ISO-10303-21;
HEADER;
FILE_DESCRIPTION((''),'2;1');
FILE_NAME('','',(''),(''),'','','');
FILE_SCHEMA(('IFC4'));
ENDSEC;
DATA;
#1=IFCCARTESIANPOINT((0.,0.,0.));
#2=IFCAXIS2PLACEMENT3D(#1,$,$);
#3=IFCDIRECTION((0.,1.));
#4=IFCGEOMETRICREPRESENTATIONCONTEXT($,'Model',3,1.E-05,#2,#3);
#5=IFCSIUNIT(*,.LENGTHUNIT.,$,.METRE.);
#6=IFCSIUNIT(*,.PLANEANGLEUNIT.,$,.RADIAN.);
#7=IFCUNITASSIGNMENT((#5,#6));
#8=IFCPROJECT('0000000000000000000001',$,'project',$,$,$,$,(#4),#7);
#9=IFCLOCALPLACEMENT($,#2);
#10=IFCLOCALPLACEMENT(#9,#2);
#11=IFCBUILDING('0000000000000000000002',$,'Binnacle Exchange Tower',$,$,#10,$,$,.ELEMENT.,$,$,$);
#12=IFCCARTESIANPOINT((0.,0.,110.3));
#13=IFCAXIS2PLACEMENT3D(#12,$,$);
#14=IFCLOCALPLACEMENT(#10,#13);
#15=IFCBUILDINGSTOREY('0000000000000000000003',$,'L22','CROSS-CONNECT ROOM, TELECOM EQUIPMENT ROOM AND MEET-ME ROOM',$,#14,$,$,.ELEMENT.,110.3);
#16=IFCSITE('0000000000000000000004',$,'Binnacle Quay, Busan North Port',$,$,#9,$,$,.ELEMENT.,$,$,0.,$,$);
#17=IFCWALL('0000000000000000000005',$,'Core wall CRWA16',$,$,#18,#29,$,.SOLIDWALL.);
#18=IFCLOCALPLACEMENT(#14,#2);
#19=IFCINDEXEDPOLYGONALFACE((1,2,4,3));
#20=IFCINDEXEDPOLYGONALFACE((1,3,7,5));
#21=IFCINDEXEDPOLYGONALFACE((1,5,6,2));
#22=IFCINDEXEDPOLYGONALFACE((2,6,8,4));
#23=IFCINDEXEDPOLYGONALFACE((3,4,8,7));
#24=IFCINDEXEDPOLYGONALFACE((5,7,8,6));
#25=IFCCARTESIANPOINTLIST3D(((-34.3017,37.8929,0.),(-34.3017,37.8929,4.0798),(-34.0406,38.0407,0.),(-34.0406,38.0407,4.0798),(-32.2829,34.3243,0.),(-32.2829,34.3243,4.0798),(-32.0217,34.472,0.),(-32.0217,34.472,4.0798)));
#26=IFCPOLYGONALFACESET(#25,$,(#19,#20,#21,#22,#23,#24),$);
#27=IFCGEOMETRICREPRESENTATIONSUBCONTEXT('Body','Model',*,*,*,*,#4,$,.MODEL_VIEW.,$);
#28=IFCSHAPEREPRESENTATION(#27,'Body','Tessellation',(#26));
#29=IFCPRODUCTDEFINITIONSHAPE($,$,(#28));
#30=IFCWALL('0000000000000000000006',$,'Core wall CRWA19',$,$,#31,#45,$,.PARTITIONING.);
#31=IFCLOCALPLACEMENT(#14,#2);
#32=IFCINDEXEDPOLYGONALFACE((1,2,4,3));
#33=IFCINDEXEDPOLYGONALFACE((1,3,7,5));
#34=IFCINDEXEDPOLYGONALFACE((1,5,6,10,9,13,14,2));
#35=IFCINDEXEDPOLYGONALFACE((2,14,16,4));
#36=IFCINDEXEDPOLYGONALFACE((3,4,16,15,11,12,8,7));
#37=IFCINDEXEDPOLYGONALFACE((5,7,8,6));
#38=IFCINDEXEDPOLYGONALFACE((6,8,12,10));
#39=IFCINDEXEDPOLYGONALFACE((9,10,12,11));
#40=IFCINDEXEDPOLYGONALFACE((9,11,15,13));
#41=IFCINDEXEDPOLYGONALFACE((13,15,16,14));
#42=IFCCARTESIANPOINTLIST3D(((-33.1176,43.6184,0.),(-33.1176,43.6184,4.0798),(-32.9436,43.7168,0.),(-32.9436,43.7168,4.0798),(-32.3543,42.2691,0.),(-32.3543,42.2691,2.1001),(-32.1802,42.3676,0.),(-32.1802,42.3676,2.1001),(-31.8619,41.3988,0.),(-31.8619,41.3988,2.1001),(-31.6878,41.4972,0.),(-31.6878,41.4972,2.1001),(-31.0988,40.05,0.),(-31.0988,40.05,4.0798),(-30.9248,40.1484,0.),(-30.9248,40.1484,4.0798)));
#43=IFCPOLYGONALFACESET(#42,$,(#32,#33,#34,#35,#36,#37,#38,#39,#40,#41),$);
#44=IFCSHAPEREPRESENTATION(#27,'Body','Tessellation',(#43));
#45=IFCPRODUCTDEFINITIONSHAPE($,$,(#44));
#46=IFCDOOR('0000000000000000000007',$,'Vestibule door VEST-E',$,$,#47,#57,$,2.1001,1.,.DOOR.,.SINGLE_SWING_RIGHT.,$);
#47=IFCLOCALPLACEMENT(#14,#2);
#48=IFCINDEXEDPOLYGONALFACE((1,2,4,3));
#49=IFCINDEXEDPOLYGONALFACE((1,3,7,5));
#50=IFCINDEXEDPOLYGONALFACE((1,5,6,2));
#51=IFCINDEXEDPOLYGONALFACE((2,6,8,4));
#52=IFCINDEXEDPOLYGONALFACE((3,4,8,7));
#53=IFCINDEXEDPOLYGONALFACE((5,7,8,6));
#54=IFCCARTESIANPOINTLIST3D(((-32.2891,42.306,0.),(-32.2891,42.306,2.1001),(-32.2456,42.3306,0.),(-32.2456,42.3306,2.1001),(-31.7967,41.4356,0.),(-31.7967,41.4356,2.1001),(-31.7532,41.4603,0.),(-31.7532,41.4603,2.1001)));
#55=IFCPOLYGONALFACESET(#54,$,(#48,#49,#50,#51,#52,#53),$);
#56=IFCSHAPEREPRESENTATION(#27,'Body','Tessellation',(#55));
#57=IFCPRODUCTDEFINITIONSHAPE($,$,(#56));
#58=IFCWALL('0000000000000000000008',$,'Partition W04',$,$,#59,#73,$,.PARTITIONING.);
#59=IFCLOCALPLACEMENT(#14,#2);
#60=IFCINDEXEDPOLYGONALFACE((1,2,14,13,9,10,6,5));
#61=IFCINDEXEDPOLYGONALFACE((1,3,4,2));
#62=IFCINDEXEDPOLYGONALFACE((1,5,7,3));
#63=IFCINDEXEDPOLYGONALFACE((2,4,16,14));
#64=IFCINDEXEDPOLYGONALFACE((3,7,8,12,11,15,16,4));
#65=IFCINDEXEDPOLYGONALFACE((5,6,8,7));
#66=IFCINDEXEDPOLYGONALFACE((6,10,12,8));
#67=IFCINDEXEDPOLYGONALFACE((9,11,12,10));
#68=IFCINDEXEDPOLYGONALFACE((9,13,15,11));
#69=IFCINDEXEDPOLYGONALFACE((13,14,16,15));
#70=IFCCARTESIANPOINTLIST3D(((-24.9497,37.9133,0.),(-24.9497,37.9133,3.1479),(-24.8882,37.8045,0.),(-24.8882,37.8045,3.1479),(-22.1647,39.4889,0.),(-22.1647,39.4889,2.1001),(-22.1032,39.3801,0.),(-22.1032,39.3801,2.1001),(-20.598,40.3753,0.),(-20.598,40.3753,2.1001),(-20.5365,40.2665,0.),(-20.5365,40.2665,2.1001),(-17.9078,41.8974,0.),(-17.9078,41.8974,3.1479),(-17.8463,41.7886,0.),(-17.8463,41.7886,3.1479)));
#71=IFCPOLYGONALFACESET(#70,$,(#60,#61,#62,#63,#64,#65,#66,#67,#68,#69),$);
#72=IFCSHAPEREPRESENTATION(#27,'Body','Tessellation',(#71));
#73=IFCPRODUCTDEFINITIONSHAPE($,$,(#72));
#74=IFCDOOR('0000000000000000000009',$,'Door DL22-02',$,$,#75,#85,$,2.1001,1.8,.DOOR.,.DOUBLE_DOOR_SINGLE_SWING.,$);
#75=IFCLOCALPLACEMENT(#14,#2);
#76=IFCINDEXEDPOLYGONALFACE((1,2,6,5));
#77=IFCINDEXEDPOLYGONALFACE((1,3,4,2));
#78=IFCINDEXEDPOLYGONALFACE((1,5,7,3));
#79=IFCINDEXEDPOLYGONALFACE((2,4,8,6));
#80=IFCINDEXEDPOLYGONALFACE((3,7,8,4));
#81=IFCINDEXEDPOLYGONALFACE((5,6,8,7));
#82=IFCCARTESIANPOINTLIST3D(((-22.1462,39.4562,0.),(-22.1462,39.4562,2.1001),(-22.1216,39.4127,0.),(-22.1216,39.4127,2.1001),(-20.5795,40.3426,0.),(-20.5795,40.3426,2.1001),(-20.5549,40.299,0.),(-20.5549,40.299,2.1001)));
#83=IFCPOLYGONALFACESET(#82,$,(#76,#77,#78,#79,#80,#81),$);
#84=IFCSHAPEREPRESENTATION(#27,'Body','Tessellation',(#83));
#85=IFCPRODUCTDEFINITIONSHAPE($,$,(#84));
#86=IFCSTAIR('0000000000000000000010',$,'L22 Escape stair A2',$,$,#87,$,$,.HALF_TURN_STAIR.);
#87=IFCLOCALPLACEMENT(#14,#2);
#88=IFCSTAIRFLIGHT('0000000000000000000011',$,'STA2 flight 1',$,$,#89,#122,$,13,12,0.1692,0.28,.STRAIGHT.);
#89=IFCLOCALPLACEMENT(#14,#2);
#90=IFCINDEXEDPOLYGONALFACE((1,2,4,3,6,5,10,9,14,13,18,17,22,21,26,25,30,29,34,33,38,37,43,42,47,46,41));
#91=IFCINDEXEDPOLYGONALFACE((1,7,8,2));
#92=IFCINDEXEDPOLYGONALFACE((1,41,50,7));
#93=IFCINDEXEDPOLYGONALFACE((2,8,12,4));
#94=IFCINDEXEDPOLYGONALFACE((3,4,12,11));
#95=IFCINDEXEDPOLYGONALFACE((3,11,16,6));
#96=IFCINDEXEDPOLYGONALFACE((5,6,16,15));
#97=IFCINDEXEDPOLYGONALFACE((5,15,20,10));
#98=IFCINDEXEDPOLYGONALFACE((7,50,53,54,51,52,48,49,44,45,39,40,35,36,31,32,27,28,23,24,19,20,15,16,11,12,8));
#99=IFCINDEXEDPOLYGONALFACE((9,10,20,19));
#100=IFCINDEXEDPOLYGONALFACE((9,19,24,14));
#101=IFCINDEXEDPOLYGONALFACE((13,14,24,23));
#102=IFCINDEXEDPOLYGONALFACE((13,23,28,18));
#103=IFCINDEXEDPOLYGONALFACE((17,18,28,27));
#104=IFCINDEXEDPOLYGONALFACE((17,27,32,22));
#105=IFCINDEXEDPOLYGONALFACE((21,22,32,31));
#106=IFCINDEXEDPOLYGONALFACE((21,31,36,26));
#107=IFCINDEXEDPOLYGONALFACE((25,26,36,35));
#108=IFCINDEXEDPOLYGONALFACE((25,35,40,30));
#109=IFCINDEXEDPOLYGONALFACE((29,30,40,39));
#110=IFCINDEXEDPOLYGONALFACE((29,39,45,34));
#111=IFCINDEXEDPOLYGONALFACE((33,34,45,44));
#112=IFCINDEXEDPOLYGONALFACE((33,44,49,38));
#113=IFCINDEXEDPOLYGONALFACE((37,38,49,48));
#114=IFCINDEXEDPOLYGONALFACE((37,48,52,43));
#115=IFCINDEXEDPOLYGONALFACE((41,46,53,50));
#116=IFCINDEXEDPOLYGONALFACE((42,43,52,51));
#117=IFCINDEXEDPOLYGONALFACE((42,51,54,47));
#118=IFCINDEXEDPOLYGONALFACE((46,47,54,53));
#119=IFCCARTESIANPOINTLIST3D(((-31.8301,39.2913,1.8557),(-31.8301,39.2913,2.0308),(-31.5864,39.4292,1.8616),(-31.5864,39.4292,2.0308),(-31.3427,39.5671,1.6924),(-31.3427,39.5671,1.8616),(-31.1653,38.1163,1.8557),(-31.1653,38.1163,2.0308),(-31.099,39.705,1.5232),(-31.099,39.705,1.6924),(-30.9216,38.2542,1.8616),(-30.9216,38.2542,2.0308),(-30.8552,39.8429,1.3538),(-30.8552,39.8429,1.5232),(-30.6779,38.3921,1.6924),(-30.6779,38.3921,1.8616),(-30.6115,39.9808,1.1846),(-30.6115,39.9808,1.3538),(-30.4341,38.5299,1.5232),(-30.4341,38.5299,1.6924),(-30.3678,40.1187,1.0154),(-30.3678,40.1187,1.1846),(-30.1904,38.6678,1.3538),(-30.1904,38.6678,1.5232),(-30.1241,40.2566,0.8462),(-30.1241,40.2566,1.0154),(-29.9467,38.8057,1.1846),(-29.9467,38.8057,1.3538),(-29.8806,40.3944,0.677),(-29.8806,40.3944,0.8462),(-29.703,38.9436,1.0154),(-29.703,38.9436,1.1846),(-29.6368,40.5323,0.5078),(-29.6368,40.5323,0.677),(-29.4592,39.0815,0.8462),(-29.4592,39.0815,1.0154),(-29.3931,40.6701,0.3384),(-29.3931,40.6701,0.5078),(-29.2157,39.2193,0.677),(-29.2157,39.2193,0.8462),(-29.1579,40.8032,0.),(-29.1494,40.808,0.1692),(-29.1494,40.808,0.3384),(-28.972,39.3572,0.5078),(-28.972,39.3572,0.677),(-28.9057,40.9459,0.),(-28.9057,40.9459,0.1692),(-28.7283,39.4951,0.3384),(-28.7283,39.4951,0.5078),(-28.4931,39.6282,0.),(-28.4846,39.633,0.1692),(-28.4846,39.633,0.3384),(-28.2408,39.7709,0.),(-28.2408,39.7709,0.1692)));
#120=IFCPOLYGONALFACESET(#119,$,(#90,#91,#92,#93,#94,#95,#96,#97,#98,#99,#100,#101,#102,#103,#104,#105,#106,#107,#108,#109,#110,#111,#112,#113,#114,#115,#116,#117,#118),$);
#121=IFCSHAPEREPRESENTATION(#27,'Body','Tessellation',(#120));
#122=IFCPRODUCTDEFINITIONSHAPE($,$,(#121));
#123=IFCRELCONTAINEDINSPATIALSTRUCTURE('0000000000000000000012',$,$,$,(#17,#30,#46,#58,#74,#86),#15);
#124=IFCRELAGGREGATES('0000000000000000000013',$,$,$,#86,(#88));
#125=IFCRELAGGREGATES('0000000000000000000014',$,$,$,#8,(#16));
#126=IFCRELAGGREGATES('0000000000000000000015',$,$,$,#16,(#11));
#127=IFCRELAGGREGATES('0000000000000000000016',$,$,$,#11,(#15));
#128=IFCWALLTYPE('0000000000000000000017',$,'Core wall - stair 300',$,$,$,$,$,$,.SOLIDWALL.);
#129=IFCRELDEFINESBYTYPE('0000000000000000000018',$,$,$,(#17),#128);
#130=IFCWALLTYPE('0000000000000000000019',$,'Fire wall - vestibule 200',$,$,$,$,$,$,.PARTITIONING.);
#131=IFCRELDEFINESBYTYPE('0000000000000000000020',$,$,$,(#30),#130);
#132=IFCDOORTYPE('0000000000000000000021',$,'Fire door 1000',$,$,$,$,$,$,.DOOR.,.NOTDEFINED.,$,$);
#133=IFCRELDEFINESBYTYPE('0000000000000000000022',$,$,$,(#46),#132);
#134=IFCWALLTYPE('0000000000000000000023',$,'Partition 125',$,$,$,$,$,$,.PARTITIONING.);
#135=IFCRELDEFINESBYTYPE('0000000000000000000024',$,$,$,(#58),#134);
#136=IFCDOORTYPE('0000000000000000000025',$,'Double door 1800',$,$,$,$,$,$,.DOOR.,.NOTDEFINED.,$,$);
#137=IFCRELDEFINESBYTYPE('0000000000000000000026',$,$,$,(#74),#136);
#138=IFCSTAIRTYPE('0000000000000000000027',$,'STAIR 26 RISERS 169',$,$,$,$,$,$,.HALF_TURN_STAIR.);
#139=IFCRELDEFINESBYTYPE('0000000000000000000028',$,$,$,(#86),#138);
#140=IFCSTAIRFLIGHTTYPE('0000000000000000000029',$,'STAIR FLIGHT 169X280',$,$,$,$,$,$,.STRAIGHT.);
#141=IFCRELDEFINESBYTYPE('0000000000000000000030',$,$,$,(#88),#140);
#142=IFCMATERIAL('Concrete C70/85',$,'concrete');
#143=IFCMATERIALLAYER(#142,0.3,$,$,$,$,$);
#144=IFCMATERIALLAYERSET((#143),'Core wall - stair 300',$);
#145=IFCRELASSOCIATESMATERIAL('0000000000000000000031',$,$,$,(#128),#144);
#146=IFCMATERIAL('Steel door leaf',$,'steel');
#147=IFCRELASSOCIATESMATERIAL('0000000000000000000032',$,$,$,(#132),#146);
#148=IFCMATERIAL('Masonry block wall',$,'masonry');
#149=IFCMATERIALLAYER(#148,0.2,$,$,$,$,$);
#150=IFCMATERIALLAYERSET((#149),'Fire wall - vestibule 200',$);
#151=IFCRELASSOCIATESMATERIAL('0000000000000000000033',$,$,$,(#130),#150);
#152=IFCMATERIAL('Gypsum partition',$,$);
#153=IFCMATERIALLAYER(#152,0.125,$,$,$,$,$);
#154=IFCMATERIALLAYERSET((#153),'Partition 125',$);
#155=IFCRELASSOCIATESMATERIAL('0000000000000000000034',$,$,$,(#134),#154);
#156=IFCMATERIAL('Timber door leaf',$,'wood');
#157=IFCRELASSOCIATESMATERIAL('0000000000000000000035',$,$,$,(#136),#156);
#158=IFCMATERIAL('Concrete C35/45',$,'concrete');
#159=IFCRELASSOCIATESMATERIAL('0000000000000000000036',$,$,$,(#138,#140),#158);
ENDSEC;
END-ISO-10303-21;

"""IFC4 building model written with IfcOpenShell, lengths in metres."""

from ifc_helpers import new_model, si_unit, direction, frame, frame_2d, origin, place, context, subcontext, project, spatial, polyline, rectangle, outline, extrude, material, layer, layer_set, type_object, element, fill, aggregate, save


model = new_model("IFC4")

# Units and contexts
model_context = context("Model", 3, precision=1e-05, world=origin(), true_north=direction((0.0, 1.0)))
body_context = subcontext(model_context, "Body", "Model", "MODEL_VIEW")
ifc_project = project(units=[si_unit("LENGTHUNIT", "METRE"), si_unit("PLANEANGLEUNIT", "RADIAN")], contexts=[model_context])

# Site, building, storey
site_placement = place(None, origin())
site = spatial("IfcSite", under=ifc_project, at=site_placement, Name="Binnacle Quay, Busan North Port", CompositionType="ELEMENT", RefElevation=0.0)
building_placement = place(site_placement, origin())
building = spatial("IfcBuilding", under=site, at=building_placement, Name="Binnacle Exchange Tower", CompositionType="ELEMENT")
storey_placement = place(building_placement, frame((0.0, 0.0, 110.3)))
storey = spatial("IfcBuildingStorey", under=building, at=storey_placement, Name="L22", Description="CROSS-CONNECT ROOM, TELECOM EQUIPMENT ROOM AND MEET-ME ROOM", CompositionType="ELEMENT", Elevation=110.3)

# Shared definitions
ifc_material_1 = material(Name="Concrete C70/85", Category="concrete")

# Shared definitions
ifc_material_2 = material(Name="Steel door leaf", Category="steel")

# Shared definitions
ifc_layer_1 = layer(ifc_material_1, 0.3)
ifc_layer_set_1 = layer_set([ifc_layer_1], Name="Core wall - stair 300")
wall_type_1 = type_object("IfcWallType", Name="Core wall - stair 300", PredefinedType="SOLIDWALL", material=ifc_layer_set_1)
door_type_1 = type_object("IfcDoorType", Name="Fire door 1000", OperationType="NOTDEFINED", PredefinedType="DOOR", material=ifc_material_2)

# Wall
wall_1_placement = place(storey_placement, frame((-34.1711, 37.9668, 0.0), z_axis=(0.0, 0.0, 1.0), x_axis=(0.492383, -0.870379, 0.0)))
element("IfcWall", 1, at=wall_1_placement, inside=storey, type_object=wall_type_1, Name="Core wall CRWA16", PredefinedType="SOLIDWALL", context=body_context, shape_type="SweptSolid", body=[
    extrude(rectangle(XDim=4.1001, YDim=0.3, at=frame_2d((2.05, 0.0))), origin(), (0.0, 0.0, 1.0), 4.0798),
])

# Walls, openings, doors
ifc_material_3 = material(Name="Masonry block wall", Category="masonry")
ifc_layer_2 = layer(ifc_material_3, 0.2)
ifc_layer_set_2 = layer_set([ifc_layer_2], Name="Fire wall - vestibule 200")
wall_type_2 = type_object("IfcWallType", Name="Fire wall - vestibule 200", PredefinedType="PARTITIONING", material=ifc_layer_set_2)
wall_2_placement = place(storey_placement, frame((-33.0305, 43.6675, 0.0), z_axis=(0.0, 0.0, 1.0), x_axis=(0.492408, -0.870364, 0.0)))
wall_2 = element("IfcWall", 2, at=wall_2_placement, inside=storey, type_object=wall_type_2, Name="Core wall CRWA19", PredefinedType="PARTITIONING", context=body_context, shape_type="SweptSolid", body=[
    extrude(rectangle(XDim=4.0999, YDim=0.2, at=frame_2d((2.0498, 0.0))), origin(), (0.0, 0.0, 1.0), 4.0798),
])
opening_1_placement = place(wall_2_placement, frame((1.55, 0.0, 0.0)))
opening_1 = element("IfcOpeningElement", 3, at=opening_1_placement, cuts=wall_2, PredefinedType="OPENING", context=body_context, shape_type="SweptSolid", body=[
    extrude(rectangle(XDim=1.0, YDim=2.1001, at=frame_2d((0.5, 1.05))), frame((0.0, 0.1099, 0.0), z_axis=(0.0, -1.0, 0.0), x_axis=(1.0, 0.0, 0.0)), (0.0, 0.0, 1.0), 0.22),
])
door_1_placement = place(opening_1_placement, origin())
door_1 = element("IfcDoor", 4, at=door_1_placement, inside=storey, type_object=door_type_1, Name="Vestibule door VEST-E", OperationType="SINGLE_SWING_RIGHT", OverallHeight=2.1001, OverallWidth=1.0, PredefinedType="DOOR", context=body_context, shape_type="SweptSolid", body=[
    extrude(rectangle(XDim=1.0, YDim=2.1001, at=frame_2d((0.5, 1.05))), frame((0.0, 0.0249, 0.0), z_axis=(0.0, -1.0, 0.0), x_axis=(1.0, 0.0, 0.0)), (0.0, 0.0, 1.0), 0.05),
])
fill(opening_1, door_1)
ifc_material_4 = material(Name="Gypsum partition")
ifc_layer_3 = layer(ifc_material_4, 0.125)
ifc_layer_set_3 = layer_set([ifc_layer_3], Name="Partition 125")
wall_type_3 = type_object("IfcWallType", Name="Partition 125", PredefinedType="PARTITIONING", material=ifc_layer_set_3)
wall_3_placement = place(storey_placement, frame((-24.9189, 37.8589, 0.0), z_axis=(0.0, 0.0, 1.0), x_axis=(0.870358, 0.49242, 0.0)))
wall_3 = element("IfcWall", 5, at=wall_3_placement, inside=storey, type_object=wall_type_3, Name="Partition W04", PredefinedType="PARTITIONING", context=body_context, shape_type="SweptSolid", body=[
    extrude(rectangle(XDim=8.0908, YDim=0.125, at=frame_2d((4.0454, 0.0))), origin(), (0.0, 0.0, 1.0), 3.1479),
])
opening_2_placement = place(wall_3_placement, frame((3.2, 0.0, 0.0)))
opening_2 = element("IfcOpeningElement", 6, at=opening_2_placement, cuts=wall_3, PredefinedType="OPENING", context=body_context, shape_type="SweptSolid", body=[
    extrude(rectangle(XDim=1.8, YDim=2.1001, at=frame_2d((0.8999, 1.05))), frame((0.0, 0.0725, 0.0), z_axis=(0.0, -1.0, 0.0), x_axis=(1.0, 0.0, 0.0)), (0.0, 0.0, 1.0), 0.145),
])
ifc_material_5 = material(Name="Timber door leaf", Category="wood")
door_type_2 = type_object("IfcDoorType", Name="Double door 1800", OperationType="NOTDEFINED", PredefinedType="DOOR", material=ifc_material_5)
door_2_placement = place(opening_2_placement, origin())
door_2 = element("IfcDoor", 7, at=door_2_placement, inside=storey, type_object=door_type_2, Name="Door DL22-02", OperationType="DOUBLE_DOOR_SINGLE_SWING", OverallHeight=2.1001, OverallWidth=1.8, PredefinedType="DOOR", context=body_context, shape_type="SweptSolid", body=[
    extrude(rectangle(XDim=1.8, YDim=2.1001, at=frame_2d((0.8999, 1.05))), frame((0.0, 0.0249, 0.0), z_axis=(0.0, -1.0, 0.0), x_axis=(1.0, 0.0, 0.0)), (0.0, 0.0, 1.0), 0.05),
])
fill(opening_2, door_2)

# Stair, stair flight
ifc_material_6 = material(Name="Concrete C35/45", Category="concrete")
stair_type = type_object("IfcStairType", Name="STAIR 26 RISERS 169", PredefinedType="HALF_TURN_STAIR", material=ifc_material_6)
stair_placement = place(storey_placement, origin())
stair = element("IfcStair", 8, at=stair_placement, inside=storey, type_object=stair_type, Name="L22 Escape stair A2", PredefinedType="HALF_TURN_STAIR")
stair_flight_type = type_object("IfcStairFlightType", Name="STAIR FLIGHT 169X280", PredefinedType="STRAIGHT", material=ifc_material_6)
stair_flight_placement = place(storey_placement, frame((-28.5732, 40.3584, 0.0), z_axis=(0.0, 0.0, 1.0), x_axis=(-0.870356, -0.492424, 0.0)))
stair_flight = element("IfcStairFlight", 9, at=stair_flight_placement, type_object=stair_flight_type, Name="STA2 flight 1", NumberOfRisers=13, NumberOfTreads=12, PredefinedType="STRAIGHT", RiserHeight=0.1692, TreadLength=0.28, context=body_context, shape_type="SweptSolid", body=[
    extrude(outline(polyline([(0.0, 0.0), (0.0, 0.1692), (0.28, 0.1692), (0.28, 0.3384), (0.5601, 0.3384), (0.5601, 0.5078), (0.8401, 0.5078), (0.8401, 0.677), (1.1201, 0.677), (1.1201, 0.8462), (1.3999, 0.8462), (1.3999, 1.0154), (1.6799, 1.0154), (1.6799, 1.1846), (1.96, 1.1846), (1.96, 1.3538), (2.24, 1.3538), (2.24, 1.5232), (2.52, 1.5232), (2.52, 1.6924), (2.8, 1.6924), (2.8, 1.8616), (3.0801, 1.8616), (3.0801, 2.0308), (3.3601, 2.0308), (3.3601, 2.2), (3.3601, 1.8557), (0.2898, 0.0), (0.0, 0.0)])), frame((0.0, 0.675, 0.0), z_axis=(0.0, -1.0, 0.0), x_axis=(1.0, 0.0, 0.0)), (0.0, 0.0, 1.0), 1.3501),
])
aggregate(stair, [stair_flight])

save(model, "model.ifc")
